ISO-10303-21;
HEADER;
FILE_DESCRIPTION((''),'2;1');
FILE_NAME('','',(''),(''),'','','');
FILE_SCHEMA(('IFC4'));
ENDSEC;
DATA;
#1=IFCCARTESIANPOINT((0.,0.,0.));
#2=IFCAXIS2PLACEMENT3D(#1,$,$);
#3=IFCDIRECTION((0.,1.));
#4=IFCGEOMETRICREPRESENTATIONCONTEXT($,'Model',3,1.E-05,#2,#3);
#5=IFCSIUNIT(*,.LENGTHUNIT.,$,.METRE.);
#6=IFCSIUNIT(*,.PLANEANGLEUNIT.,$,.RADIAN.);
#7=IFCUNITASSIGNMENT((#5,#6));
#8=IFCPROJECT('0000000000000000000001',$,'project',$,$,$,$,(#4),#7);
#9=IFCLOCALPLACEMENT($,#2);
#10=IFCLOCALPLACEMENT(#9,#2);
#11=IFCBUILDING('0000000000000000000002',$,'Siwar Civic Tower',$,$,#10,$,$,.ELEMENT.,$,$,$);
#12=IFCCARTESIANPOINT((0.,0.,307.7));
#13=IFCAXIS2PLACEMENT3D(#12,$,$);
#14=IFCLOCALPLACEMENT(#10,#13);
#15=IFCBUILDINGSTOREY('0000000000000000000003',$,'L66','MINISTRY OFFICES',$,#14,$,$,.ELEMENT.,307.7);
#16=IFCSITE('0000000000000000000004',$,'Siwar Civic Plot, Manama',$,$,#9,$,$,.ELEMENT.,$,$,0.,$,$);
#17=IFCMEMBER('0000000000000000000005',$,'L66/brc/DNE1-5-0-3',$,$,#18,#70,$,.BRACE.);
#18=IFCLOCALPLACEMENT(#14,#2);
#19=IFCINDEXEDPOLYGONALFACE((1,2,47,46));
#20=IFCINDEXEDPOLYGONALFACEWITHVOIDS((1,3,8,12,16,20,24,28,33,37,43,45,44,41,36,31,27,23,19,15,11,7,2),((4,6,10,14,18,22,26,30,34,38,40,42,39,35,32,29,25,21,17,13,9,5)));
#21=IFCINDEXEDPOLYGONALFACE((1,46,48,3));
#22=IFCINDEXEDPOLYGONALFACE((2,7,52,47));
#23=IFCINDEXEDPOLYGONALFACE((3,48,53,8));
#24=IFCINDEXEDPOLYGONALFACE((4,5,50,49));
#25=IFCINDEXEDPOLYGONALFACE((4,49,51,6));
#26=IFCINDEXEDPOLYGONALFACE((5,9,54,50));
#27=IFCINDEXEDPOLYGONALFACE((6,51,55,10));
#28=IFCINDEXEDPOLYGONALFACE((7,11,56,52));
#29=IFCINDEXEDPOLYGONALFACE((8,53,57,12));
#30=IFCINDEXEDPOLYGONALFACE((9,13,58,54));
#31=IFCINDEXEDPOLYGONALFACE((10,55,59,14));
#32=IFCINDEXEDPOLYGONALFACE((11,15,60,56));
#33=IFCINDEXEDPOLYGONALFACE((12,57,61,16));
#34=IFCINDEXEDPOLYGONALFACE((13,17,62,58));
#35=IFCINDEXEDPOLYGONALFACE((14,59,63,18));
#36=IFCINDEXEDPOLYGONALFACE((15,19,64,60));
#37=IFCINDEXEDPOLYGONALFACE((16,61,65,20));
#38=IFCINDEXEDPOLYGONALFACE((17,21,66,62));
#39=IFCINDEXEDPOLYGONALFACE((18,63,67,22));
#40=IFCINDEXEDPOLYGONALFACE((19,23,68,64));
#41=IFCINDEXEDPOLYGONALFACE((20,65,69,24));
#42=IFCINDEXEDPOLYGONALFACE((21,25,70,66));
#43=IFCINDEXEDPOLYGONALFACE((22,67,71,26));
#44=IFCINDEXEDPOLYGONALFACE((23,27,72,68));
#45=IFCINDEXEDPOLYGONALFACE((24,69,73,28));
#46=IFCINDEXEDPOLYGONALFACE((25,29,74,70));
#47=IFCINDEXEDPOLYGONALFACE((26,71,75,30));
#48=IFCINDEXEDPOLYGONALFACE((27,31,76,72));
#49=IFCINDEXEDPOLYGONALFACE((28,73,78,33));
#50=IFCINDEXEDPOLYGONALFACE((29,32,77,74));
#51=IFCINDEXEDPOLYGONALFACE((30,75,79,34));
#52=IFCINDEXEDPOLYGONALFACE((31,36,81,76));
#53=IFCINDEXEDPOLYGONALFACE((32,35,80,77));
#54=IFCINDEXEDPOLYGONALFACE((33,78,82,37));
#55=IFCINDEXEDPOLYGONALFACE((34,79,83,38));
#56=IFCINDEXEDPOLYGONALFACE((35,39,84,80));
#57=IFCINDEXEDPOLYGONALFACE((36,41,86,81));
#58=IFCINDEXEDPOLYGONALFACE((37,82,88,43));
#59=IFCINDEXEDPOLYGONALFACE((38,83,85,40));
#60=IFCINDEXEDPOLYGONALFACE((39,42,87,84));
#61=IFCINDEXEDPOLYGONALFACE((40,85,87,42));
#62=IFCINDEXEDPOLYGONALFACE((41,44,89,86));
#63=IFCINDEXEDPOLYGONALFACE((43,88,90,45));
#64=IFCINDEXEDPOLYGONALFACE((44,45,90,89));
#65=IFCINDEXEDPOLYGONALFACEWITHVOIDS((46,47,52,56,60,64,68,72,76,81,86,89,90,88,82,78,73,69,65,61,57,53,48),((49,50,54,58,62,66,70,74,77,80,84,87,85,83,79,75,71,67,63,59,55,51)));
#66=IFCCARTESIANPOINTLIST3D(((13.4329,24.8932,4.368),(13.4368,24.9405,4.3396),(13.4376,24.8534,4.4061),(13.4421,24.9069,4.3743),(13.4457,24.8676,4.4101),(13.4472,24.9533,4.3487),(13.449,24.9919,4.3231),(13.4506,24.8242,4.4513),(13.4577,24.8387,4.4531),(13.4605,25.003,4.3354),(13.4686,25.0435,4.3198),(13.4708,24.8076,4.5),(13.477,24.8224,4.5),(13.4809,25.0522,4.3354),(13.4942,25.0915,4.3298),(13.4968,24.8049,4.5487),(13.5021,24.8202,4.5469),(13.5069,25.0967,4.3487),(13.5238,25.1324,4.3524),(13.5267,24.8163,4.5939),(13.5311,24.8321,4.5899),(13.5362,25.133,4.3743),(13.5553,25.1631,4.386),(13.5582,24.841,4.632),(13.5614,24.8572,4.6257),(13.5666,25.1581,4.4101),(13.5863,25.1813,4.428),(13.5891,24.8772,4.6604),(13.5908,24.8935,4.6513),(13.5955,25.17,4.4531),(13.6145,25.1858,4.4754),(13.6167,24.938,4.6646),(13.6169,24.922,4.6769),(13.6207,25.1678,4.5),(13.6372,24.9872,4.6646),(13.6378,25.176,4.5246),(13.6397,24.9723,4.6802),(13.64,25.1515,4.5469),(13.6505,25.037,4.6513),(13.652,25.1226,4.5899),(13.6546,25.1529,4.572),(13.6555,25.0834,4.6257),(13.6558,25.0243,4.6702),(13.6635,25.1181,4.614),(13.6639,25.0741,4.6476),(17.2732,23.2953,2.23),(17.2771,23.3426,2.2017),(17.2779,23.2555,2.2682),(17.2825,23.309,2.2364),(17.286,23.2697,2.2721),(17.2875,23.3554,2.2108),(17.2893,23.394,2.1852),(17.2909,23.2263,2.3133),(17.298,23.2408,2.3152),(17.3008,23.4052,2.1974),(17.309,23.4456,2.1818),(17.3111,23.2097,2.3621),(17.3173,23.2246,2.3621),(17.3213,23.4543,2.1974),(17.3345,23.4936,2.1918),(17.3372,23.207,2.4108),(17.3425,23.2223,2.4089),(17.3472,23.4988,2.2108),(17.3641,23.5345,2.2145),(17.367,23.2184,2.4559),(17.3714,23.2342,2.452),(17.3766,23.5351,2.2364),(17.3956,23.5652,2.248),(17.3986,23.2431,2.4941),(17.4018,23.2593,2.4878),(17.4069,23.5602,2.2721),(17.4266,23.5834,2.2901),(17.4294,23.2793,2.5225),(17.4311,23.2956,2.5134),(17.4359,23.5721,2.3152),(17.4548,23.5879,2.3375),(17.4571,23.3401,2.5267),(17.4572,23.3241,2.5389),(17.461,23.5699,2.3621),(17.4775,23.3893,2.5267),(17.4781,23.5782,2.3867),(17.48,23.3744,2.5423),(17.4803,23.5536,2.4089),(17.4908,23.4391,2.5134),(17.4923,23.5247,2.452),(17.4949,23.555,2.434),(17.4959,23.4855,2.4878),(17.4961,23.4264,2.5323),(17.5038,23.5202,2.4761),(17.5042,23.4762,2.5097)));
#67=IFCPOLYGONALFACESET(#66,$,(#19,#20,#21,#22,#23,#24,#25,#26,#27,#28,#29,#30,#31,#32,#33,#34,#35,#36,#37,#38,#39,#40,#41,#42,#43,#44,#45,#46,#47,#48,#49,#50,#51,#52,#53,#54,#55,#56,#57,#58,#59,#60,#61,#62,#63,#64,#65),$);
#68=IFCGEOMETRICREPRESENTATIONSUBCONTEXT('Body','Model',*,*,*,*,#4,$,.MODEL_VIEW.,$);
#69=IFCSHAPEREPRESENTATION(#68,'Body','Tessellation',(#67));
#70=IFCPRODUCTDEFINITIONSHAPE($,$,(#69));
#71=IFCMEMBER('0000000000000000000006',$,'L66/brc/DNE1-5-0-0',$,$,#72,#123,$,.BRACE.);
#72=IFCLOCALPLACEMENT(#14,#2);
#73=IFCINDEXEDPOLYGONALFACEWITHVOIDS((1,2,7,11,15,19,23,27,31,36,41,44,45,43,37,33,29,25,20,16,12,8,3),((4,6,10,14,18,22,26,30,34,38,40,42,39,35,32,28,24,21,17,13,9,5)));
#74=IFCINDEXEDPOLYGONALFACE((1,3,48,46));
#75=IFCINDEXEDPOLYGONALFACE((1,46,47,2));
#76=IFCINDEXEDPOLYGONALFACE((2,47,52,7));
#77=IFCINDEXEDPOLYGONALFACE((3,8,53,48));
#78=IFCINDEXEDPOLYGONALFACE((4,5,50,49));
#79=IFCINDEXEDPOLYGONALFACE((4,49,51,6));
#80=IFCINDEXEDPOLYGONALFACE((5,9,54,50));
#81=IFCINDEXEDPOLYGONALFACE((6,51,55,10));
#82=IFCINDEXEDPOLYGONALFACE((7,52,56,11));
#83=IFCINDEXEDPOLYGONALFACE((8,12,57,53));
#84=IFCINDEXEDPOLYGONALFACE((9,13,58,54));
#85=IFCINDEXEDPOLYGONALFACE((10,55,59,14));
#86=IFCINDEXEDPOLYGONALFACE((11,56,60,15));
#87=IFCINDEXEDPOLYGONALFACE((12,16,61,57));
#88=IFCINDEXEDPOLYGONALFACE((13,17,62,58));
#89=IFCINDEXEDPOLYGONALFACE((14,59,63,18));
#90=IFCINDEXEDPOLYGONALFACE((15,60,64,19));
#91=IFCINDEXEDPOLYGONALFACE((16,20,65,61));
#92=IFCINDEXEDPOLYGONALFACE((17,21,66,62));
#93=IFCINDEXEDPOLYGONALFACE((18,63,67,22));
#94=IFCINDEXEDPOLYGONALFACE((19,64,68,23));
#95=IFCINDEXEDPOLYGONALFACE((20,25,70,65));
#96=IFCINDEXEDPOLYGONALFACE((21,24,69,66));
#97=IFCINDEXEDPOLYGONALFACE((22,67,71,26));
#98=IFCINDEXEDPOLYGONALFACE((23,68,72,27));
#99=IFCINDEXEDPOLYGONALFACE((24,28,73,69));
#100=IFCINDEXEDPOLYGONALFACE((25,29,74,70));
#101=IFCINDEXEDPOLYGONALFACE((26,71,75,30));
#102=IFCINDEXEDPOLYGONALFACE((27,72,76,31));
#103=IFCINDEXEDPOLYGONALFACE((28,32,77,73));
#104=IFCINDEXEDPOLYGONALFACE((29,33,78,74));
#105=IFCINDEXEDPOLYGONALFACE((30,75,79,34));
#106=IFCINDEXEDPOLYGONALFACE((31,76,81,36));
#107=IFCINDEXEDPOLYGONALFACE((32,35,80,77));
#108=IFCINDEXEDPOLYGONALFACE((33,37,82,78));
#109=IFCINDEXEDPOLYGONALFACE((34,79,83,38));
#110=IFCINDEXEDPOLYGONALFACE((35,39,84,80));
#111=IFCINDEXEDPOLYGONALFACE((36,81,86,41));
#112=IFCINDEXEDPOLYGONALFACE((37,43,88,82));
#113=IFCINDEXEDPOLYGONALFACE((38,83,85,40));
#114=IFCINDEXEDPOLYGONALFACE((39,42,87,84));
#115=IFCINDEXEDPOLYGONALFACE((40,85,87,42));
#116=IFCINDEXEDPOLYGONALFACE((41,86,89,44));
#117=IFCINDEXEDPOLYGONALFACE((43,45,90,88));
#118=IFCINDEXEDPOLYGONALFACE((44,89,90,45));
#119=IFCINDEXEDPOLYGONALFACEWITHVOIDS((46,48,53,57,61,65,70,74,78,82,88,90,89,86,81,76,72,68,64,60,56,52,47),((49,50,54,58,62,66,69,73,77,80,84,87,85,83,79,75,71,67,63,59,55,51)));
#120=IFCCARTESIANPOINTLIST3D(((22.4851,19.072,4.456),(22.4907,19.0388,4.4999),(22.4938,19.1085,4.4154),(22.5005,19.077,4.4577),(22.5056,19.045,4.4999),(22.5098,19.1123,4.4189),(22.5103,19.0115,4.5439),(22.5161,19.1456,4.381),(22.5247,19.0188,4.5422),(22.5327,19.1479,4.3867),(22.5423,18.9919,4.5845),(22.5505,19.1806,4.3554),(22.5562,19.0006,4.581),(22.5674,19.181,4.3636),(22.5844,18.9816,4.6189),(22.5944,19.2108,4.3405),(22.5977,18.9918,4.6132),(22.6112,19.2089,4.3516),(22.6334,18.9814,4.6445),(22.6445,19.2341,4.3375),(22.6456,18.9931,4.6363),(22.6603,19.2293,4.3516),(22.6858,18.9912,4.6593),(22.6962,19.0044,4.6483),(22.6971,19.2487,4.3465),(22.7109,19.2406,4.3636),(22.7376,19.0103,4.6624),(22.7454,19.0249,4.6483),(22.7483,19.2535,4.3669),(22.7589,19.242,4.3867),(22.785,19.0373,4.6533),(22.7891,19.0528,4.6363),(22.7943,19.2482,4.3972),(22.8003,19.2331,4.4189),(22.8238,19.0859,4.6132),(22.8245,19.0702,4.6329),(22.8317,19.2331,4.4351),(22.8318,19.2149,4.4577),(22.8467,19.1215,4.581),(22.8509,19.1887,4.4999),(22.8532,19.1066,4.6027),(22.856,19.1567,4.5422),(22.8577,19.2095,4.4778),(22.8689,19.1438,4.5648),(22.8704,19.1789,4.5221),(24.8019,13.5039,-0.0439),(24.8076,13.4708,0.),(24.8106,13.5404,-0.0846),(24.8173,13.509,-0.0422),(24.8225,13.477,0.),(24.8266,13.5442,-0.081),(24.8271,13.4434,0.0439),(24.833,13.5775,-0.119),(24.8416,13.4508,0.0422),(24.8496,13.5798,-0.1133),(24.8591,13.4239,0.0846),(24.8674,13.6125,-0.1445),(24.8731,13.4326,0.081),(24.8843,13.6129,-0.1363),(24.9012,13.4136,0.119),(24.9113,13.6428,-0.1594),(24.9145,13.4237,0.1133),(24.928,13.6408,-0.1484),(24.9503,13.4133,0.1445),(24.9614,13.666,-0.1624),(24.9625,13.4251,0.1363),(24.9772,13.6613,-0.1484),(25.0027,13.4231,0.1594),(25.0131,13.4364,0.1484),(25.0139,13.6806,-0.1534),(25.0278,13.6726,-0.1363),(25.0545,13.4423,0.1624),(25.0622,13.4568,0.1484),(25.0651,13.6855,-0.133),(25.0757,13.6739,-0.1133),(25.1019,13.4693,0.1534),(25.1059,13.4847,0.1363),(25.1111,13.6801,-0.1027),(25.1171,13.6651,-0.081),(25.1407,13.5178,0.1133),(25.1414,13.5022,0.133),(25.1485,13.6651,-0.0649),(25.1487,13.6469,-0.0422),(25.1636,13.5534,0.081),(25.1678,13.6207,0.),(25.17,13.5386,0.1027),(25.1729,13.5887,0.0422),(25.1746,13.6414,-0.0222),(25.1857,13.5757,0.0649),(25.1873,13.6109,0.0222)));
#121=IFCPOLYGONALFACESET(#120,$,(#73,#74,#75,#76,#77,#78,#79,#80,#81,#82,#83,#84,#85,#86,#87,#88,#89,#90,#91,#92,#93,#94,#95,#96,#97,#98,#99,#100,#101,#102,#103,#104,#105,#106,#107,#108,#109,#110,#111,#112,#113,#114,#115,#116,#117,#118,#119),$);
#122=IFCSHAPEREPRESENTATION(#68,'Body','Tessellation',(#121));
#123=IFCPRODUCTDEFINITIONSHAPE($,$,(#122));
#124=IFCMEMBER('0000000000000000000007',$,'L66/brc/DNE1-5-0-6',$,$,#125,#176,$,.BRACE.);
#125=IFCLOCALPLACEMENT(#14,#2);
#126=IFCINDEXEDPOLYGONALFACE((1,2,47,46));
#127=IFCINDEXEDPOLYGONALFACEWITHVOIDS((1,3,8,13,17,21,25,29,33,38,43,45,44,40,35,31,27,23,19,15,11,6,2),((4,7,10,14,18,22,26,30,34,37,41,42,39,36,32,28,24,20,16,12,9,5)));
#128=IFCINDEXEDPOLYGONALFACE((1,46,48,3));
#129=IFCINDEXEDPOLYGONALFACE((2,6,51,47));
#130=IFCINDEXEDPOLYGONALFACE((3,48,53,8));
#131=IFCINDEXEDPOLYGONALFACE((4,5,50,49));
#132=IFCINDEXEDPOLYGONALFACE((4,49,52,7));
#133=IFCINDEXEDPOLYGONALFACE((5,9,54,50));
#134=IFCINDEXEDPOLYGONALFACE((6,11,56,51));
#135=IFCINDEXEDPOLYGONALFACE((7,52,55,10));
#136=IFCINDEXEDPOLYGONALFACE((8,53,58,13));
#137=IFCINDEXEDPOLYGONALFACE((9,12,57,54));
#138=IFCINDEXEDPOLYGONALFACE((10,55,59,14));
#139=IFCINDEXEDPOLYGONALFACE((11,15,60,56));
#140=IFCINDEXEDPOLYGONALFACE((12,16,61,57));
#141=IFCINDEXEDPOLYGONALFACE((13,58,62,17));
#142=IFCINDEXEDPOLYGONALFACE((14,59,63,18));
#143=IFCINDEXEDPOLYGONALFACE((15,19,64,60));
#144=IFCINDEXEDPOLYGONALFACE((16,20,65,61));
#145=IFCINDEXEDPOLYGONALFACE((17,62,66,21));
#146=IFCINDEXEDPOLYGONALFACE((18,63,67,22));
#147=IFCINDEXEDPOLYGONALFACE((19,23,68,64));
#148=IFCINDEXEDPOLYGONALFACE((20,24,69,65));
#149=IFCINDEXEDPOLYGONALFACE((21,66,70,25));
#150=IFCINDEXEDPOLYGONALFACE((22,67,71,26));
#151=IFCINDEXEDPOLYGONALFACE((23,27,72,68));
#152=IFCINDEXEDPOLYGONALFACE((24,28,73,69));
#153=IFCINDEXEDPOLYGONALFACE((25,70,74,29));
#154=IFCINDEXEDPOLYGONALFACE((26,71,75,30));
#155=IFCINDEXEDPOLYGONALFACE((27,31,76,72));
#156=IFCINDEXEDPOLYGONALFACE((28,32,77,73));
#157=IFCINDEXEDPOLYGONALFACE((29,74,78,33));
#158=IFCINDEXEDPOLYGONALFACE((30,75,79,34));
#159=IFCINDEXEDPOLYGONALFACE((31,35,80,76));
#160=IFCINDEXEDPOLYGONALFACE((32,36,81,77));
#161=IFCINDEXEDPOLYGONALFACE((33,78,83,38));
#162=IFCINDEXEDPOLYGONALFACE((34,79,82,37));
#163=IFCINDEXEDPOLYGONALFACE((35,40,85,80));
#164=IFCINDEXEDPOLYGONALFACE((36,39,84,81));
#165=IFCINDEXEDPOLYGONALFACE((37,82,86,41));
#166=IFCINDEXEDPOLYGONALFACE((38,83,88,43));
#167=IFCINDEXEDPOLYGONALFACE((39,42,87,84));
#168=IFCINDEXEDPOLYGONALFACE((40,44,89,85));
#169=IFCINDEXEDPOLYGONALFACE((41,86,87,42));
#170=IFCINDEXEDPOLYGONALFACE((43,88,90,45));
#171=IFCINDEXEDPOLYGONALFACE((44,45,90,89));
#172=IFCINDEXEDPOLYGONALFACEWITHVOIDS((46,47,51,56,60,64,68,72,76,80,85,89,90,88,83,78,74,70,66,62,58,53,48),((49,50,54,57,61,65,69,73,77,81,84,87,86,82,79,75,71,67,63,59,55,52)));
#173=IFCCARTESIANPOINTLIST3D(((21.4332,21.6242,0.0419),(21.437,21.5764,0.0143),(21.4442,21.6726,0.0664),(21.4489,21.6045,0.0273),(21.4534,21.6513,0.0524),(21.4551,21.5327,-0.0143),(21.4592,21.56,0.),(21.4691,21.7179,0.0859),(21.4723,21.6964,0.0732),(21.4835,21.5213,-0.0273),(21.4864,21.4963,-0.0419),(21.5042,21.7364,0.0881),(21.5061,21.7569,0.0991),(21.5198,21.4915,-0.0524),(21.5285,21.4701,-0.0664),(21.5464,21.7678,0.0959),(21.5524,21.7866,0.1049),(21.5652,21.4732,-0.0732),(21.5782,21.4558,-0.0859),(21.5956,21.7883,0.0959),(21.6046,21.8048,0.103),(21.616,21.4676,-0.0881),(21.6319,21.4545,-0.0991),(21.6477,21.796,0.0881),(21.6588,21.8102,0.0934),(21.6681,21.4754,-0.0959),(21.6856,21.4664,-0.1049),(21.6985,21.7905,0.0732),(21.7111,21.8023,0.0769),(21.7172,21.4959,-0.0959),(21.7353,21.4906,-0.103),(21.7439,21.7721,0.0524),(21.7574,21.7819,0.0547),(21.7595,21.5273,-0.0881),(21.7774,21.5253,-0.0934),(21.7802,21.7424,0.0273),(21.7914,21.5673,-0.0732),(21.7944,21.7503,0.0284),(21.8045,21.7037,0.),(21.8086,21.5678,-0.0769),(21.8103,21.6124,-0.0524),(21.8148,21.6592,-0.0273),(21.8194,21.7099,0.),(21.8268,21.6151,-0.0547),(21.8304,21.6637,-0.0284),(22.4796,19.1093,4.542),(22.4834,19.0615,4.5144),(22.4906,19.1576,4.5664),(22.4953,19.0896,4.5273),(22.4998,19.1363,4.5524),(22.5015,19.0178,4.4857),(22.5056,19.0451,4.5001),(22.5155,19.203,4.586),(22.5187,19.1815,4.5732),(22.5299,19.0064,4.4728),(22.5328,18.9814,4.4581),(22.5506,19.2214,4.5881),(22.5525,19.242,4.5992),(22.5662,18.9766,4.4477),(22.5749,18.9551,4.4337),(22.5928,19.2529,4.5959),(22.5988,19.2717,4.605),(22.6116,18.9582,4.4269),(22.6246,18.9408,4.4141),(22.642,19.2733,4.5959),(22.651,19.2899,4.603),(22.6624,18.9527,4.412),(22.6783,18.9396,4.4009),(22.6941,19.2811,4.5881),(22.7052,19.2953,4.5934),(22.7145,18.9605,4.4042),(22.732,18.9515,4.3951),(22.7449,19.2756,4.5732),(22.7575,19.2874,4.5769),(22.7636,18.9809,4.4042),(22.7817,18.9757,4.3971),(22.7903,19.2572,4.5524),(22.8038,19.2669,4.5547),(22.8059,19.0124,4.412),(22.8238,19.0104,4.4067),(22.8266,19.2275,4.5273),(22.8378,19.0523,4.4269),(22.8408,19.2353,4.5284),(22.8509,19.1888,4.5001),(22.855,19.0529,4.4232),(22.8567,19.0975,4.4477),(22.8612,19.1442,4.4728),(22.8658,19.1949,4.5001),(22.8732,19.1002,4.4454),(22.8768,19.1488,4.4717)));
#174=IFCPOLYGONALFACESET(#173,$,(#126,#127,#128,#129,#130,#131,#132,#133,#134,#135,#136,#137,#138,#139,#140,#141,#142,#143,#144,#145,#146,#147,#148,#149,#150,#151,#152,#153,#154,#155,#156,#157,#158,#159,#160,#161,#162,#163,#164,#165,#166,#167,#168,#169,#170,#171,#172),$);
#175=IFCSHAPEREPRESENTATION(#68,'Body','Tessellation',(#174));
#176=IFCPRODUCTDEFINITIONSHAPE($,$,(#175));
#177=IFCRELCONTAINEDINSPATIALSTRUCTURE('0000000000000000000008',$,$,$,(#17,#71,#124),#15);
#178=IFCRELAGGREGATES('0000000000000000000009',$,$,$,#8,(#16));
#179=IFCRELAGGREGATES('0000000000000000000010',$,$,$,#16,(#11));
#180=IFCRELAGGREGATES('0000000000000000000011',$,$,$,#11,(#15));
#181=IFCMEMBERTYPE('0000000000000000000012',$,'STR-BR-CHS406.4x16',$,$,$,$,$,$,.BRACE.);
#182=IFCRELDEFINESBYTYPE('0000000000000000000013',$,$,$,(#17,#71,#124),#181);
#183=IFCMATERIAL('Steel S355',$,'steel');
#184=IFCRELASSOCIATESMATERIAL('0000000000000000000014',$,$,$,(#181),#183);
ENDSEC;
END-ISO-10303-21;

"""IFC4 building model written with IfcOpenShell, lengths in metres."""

from ifc_helpers import new_model, si_unit, direction, frame, origin, origin_2d, place, context, subcontext, project, spatial, hollow_circle, extrude, material, material_profile, profile_set, type_object, element, save


model = new_model("IFC4")

# Units and contexts
model_context = context("Model", 3, precision=1e-05, world=origin(), true_north=direction((0.0, 1.0)))
body_context = subcontext(model_context, "Body", "Model", "MODEL_VIEW")
ifc_project = project(units=[si_unit("LENGTHUNIT", "METRE"), si_unit("PLANEANGLEUNIT", "RADIAN")], contexts=[model_context])

# Site, building, storey
site_placement = place(None, origin())
site = spatial("IfcSite", under=ifc_project, at=site_placement, Name="Siwar Civic Plot, Manama", CompositionType="ELEMENT", RefElevation=0.0)
building_placement = place(site_placement, origin())
building = spatial("IfcBuilding", under=site, at=building_placement, Name="Siwar Civic Tower", CompositionType="ELEMENT")
storey_placement = place(building_placement, frame((0.0, 0.0, 307.7)))
storey = spatial("IfcBuildingStorey", under=building, at=storey_placement, Name="L66", Description="MINISTRY OFFICES", CompositionType="ELEMENT", Elevation=307.7)

# Members
ifc_material_1 = material(Name="Steel S355", Category="steel")
ifc_material_profile_1 = material_profile(ifc_material_1, hollow_circle(Radius=0.2031, WallThickness=0.0161, at=origin_2d()), Name="CHS406.4x16")
ifc_profile_set_1 = profile_set([ifc_material_profile_1], Name="Steel S355")
member_type_1 = type_object("IfcMemberType", Name="STR-BR-CHS406.4x16", PredefinedType="BRACE", material=ifc_profile_set_1)
member_1_placement = place(storey_placement, frame((17.3892, 23.3972, 2.3621), z_axis=(-0.82115, 0.341667, 0.45714), x_axis=(-0.384157, -0.923268, 0.0)))
element("IfcMember", 1, at=member_1_placement, inside=storey, type_object=member_type_1, Name="L66/brc/DNE1-5-0-3", PredefinedType="BRACE", context=body_context, shape_type="SweptSolid", body=[
    extrude(hollow_circle(Radius=0.2031, WallThickness=0.0161, at=origin_2d()), origin(), (0.0, 0.0, 1.0), 4.6768),
])
member_2_placement = place(storey_placement, frame((24.9951, 13.5488, 0.0), z_axis=(-0.307903, 0.739973, 0.598026), x_axis=(-0.923262, -0.38417, 0.0)))
element("IfcMember", 2, at=member_2_placement, inside=storey, type_object=member_type_1, Name="L66/brc/DNE1-5-0-0", PredefinedType="BRACE", context=body_context, shape_type="SweptSolid", body=[
    extrude(hollow_circle(Radius=0.2031, WallThickness=0.0161, at=origin_2d()), origin(), (0.0, 0.0, 1.0), 7.5247),
])
member_3_placement = place(storey_placement, frame((21.6318, 21.6318, 0.0), z_axis=(0.198926, -0.478099, 0.855482), x_axis=(0.92327, 0.384151, 0.0)))
element("IfcMember", 3, at=member_3_placement, inside=storey, type_object=member_type_1, Name="L66/brc/DNE1-5-0-6", PredefinedType="BRACE", context=body_context, shape_type="SweptSolid", body=[
    extrude(hollow_circle(Radius=0.2031, WallThickness=0.0161, at=origin_2d()), origin(), (0.0, 0.0, 1.0), 5.2603),
])

save(model, "model.ifc")
